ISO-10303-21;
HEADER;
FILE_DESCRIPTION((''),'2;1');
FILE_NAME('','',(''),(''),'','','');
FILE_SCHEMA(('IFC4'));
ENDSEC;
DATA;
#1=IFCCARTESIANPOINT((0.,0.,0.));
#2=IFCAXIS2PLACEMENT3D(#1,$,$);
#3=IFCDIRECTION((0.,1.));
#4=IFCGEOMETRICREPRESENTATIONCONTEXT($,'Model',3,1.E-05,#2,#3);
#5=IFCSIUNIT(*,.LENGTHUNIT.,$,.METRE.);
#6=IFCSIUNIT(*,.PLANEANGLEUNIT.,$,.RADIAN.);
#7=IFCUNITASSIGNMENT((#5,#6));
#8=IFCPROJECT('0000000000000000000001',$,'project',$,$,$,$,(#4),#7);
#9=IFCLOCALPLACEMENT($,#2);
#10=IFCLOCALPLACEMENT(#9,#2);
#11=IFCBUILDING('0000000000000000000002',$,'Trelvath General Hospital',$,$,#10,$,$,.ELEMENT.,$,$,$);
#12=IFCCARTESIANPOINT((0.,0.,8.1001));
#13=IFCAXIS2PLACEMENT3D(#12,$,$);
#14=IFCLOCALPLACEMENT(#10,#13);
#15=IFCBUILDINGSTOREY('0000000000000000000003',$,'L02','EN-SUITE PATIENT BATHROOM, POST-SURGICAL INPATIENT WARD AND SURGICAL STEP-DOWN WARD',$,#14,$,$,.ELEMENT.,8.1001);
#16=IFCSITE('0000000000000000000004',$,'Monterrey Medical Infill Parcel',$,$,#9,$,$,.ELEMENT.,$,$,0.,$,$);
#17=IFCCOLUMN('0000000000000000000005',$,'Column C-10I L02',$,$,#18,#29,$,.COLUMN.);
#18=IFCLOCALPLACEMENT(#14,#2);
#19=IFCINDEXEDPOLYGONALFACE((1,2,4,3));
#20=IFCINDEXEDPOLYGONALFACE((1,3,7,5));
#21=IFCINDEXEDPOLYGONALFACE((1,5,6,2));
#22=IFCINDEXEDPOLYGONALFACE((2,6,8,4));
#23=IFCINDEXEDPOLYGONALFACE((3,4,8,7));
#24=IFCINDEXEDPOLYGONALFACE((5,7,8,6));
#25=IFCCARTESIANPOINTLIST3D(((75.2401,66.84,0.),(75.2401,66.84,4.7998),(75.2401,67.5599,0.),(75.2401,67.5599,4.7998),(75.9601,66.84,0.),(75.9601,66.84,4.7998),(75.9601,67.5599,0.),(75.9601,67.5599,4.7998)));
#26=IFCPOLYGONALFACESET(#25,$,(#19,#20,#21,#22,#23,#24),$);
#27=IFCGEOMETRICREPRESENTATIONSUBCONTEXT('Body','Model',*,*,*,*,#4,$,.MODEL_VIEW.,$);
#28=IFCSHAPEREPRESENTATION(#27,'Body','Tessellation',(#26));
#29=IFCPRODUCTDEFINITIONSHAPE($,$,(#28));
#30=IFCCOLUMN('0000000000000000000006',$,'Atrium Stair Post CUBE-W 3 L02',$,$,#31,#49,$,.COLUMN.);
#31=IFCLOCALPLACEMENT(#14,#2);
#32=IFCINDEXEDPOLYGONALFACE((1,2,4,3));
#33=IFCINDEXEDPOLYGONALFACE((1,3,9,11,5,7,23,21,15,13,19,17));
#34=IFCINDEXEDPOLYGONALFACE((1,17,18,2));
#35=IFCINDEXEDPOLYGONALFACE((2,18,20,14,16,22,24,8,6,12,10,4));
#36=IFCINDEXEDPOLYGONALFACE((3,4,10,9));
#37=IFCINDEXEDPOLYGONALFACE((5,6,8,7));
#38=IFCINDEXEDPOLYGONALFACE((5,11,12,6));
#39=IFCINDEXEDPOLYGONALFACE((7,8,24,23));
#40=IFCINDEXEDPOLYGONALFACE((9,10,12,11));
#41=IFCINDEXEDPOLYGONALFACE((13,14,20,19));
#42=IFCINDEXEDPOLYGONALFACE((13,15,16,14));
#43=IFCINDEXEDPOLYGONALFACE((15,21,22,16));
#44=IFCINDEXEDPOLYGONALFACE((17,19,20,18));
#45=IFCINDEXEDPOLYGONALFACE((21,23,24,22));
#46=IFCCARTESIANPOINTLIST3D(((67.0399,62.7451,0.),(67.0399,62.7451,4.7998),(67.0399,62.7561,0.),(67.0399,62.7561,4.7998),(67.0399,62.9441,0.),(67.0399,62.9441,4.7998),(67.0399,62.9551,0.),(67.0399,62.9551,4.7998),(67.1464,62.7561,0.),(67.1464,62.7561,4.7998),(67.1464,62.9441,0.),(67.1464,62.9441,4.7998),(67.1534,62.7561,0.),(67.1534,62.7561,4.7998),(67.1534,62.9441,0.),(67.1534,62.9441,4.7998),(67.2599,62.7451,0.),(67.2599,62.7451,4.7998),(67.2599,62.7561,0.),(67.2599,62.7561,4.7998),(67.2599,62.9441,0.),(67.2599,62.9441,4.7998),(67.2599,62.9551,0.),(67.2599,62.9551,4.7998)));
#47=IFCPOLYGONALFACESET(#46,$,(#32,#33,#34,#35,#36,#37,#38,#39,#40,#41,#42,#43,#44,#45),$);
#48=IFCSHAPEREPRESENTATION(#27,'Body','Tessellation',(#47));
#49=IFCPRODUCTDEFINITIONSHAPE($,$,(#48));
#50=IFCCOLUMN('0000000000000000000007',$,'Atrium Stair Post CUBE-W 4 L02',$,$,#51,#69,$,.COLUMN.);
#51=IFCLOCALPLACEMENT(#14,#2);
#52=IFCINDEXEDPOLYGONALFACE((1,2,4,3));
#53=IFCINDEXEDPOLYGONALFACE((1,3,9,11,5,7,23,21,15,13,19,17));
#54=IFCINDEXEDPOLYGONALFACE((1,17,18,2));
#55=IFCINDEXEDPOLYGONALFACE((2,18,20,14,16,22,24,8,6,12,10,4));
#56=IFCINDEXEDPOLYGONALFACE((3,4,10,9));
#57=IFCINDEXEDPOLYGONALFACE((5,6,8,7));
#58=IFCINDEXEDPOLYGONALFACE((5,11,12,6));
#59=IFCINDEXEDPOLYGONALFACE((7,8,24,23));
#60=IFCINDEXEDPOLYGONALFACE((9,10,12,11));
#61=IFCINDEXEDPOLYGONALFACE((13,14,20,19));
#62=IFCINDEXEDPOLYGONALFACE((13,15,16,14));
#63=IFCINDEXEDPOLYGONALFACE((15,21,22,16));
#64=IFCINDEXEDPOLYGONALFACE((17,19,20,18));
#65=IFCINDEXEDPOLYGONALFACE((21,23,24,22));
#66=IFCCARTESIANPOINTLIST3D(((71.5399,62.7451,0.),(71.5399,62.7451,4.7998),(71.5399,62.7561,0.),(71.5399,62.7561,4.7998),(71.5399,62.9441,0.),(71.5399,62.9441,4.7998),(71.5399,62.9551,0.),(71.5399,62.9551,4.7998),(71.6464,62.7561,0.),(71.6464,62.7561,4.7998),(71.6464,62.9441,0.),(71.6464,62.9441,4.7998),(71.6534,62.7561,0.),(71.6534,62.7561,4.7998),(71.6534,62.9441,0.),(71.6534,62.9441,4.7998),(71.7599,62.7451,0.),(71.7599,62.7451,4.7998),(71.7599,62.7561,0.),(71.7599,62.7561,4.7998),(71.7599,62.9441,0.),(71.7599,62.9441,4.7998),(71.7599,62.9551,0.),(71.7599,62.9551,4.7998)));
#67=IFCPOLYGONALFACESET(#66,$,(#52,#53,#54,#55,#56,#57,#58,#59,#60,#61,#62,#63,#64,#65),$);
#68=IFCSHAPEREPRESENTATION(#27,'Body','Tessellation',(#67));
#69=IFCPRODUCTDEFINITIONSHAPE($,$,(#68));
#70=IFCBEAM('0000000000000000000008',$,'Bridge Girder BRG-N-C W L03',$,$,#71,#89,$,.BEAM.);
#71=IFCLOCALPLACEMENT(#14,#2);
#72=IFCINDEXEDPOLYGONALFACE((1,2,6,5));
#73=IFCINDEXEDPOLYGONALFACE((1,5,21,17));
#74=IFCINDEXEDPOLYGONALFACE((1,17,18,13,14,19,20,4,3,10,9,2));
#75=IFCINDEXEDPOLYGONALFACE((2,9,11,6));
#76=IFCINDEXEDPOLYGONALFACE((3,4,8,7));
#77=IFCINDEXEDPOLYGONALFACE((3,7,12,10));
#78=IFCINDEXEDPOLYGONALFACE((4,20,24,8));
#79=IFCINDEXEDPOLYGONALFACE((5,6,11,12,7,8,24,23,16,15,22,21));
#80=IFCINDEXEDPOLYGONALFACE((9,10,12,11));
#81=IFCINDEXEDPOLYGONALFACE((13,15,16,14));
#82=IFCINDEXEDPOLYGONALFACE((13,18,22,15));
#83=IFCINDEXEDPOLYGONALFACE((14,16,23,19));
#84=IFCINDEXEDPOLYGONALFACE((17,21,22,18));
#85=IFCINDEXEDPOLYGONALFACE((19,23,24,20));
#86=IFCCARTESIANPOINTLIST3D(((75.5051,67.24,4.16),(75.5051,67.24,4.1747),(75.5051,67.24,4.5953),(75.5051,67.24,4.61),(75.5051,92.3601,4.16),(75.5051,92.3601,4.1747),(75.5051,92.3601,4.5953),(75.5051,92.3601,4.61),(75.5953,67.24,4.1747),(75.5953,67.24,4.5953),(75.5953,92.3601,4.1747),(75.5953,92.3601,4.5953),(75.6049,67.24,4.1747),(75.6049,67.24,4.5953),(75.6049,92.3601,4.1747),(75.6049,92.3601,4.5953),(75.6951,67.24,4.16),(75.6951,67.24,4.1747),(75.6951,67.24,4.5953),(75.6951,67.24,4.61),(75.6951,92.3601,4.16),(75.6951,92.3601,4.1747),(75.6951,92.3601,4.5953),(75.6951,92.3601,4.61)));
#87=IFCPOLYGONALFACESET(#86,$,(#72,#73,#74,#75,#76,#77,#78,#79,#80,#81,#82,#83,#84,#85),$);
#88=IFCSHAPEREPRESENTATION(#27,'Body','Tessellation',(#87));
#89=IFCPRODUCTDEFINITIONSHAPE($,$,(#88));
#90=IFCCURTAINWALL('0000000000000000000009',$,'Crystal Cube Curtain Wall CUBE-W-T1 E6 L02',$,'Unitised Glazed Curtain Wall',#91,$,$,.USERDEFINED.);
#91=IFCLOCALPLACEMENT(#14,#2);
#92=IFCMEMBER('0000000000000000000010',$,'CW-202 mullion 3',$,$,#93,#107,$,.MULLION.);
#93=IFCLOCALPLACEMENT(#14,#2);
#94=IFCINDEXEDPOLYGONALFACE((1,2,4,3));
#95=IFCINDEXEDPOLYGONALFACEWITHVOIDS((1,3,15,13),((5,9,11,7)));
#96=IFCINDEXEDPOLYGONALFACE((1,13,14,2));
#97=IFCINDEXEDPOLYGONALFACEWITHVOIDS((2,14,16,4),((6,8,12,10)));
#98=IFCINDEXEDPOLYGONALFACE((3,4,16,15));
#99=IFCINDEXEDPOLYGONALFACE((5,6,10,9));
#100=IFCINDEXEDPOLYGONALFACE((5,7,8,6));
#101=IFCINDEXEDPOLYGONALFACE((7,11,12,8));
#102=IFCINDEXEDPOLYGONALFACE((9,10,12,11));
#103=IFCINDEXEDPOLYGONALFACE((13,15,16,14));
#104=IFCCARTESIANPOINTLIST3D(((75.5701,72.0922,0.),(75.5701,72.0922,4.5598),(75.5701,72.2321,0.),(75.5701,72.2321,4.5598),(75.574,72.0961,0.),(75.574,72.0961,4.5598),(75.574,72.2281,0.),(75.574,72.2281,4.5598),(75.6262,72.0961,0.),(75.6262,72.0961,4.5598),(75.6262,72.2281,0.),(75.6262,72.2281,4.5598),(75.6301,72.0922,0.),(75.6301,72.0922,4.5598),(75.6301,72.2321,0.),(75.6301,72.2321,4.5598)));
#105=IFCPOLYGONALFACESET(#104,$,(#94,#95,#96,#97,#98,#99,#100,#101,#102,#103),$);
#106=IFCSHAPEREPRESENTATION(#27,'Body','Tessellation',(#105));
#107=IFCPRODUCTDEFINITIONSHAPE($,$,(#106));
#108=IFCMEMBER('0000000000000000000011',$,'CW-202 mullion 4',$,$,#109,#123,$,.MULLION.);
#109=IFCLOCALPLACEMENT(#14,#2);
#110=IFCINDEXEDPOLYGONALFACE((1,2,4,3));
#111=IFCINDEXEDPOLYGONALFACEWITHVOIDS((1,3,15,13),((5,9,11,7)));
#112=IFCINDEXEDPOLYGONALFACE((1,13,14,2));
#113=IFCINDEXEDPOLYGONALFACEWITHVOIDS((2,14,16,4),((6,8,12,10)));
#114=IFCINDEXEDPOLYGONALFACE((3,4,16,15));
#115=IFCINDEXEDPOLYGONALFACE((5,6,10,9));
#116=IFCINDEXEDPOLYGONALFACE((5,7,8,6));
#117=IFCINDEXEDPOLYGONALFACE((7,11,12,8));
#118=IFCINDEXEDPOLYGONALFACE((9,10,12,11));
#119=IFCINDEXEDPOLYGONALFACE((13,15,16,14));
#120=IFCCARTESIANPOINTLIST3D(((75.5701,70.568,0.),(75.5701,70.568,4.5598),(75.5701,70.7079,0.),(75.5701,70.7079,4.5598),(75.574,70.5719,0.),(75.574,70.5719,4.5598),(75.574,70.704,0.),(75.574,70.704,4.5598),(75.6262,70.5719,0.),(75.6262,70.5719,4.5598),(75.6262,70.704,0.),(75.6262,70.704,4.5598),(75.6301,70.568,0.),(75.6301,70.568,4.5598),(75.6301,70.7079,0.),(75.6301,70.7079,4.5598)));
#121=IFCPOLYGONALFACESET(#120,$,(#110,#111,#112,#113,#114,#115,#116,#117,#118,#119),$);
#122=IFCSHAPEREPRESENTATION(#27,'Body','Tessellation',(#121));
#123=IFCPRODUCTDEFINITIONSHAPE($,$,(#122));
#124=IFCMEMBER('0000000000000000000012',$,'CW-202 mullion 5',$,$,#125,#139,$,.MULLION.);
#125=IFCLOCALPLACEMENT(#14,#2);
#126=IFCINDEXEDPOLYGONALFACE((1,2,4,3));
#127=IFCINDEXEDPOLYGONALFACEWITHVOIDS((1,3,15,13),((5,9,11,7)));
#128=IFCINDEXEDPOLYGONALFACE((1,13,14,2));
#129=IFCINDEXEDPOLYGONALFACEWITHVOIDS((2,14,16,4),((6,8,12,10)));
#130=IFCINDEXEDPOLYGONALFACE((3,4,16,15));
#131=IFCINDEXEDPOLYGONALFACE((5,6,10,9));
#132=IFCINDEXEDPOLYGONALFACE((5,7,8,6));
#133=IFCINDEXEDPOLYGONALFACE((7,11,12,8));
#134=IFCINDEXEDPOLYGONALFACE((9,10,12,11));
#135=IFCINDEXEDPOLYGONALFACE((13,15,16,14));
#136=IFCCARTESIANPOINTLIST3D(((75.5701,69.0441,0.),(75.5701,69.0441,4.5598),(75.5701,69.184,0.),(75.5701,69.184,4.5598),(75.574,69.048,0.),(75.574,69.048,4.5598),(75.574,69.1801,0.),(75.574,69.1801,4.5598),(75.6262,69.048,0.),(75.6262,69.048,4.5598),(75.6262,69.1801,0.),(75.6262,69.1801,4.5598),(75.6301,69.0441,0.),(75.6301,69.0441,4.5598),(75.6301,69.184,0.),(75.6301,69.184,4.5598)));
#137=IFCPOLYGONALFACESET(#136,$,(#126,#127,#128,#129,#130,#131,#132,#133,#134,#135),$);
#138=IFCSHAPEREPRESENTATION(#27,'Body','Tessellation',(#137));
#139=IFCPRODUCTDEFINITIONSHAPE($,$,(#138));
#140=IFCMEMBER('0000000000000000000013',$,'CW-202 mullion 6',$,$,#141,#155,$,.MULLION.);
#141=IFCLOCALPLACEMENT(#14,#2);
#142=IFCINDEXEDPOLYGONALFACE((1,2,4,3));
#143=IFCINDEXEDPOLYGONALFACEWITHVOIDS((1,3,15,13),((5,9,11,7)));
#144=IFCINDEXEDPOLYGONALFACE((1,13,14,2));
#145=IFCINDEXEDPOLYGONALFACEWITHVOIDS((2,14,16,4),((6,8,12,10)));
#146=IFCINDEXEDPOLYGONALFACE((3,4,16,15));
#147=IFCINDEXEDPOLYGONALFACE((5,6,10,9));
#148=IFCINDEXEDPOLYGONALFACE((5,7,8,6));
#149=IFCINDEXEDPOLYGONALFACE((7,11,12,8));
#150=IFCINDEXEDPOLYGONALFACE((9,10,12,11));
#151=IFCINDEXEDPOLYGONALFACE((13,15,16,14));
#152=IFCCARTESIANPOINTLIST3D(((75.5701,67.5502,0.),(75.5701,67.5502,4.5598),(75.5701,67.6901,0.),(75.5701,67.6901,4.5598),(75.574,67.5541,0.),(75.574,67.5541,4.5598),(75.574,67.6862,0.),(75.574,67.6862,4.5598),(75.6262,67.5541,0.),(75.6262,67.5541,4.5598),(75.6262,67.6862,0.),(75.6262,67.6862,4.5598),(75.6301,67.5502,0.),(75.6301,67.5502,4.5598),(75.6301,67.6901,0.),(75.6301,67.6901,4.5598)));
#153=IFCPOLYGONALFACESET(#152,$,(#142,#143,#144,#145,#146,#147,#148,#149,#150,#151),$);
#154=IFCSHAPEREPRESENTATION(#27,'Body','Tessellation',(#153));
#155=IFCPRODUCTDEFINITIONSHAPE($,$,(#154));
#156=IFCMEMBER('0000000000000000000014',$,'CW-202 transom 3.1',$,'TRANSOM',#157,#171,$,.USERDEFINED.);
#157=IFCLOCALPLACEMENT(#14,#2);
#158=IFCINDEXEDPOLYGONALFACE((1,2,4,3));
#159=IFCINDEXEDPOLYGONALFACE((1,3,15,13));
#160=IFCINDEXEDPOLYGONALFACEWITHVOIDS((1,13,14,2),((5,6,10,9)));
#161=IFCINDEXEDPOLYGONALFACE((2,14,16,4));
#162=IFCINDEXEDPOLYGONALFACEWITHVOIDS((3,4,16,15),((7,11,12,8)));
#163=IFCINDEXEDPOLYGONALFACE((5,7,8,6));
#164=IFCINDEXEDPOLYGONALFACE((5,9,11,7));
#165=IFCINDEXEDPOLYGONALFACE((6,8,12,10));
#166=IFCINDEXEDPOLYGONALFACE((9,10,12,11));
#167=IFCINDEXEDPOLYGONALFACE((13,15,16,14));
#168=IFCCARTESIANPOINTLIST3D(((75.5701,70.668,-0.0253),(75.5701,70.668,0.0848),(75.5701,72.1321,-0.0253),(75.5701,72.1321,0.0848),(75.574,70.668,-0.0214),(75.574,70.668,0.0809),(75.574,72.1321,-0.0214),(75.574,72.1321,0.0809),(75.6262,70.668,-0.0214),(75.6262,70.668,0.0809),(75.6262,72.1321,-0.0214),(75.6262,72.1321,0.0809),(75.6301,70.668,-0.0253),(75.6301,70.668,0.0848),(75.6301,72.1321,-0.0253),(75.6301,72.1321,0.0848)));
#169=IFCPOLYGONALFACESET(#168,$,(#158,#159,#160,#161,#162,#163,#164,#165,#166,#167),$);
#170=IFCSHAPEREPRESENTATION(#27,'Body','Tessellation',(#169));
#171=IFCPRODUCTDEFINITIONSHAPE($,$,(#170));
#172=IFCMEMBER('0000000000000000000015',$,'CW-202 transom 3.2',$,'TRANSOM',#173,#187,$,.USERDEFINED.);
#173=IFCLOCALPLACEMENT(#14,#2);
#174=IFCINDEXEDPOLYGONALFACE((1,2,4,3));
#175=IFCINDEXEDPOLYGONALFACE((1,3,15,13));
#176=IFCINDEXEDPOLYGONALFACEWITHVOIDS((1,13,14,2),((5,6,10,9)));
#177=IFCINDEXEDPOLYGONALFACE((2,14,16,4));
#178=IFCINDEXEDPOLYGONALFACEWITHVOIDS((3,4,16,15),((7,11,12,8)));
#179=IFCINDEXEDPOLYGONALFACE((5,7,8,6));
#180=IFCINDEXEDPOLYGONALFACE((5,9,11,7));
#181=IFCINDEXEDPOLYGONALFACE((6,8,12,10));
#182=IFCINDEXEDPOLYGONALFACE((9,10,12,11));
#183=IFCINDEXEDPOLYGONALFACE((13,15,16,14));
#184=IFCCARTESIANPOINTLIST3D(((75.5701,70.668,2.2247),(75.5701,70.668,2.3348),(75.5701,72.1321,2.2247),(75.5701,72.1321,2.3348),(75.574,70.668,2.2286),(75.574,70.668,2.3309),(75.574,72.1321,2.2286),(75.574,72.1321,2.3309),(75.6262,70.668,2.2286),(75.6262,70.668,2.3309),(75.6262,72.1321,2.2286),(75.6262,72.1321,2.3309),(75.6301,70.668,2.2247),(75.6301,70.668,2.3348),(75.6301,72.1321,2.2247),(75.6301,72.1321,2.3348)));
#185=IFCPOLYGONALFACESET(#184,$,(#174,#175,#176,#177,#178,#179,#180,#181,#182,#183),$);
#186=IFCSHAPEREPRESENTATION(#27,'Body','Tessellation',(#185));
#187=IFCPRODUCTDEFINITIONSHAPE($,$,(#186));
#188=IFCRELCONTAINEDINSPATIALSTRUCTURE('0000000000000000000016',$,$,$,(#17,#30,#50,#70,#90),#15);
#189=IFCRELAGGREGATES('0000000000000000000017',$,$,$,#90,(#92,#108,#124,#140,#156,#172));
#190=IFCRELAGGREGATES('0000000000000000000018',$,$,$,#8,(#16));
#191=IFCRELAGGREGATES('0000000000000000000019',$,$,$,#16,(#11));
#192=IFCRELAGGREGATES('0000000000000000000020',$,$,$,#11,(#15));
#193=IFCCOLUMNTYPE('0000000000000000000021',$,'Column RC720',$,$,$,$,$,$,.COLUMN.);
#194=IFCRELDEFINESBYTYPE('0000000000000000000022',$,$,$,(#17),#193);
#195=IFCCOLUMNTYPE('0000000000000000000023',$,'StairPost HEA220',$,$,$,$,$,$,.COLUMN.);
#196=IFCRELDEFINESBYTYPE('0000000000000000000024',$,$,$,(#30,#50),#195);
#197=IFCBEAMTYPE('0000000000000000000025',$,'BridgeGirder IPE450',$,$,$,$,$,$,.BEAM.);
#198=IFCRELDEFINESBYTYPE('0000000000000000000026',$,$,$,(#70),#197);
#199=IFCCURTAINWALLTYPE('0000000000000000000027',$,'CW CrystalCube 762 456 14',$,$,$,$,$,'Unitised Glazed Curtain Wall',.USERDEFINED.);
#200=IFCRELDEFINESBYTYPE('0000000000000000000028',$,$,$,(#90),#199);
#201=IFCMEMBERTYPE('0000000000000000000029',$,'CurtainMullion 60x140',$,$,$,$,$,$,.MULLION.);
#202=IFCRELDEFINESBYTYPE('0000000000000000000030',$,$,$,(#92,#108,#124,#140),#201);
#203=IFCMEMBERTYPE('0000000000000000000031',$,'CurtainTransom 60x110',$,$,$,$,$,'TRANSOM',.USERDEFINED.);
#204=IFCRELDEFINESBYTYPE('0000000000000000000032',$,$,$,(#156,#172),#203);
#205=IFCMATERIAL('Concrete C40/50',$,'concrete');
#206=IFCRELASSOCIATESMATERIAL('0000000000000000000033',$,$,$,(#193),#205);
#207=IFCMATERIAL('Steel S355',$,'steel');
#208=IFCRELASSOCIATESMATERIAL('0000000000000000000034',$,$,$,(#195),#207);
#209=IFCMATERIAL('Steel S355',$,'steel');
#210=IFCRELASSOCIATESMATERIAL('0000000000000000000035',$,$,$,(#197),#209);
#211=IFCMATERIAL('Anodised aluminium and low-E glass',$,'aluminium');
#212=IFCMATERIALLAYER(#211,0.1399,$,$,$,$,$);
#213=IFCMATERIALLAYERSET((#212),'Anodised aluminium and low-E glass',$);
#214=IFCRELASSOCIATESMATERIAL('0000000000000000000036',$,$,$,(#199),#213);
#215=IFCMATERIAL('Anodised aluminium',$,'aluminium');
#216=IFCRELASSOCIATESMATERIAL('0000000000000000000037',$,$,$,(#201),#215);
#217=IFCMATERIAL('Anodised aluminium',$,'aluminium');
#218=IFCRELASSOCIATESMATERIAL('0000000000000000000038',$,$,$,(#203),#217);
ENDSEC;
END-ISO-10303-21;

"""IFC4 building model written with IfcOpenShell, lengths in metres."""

from ifc_helpers import new_model, si_unit, direction, frame, origin, origin_2d, place, context, subcontext, project, spatial, rectangle, hollow_rectangle, i_section, extrude, material, layer, layer_set, material_profile, profile_set, type_object, element, aggregate, save


model = new_model("IFC4")

# Units and contexts
model_context = context("Model", 3, precision=1e-05, world=origin(), true_north=direction((0.0, 1.0)))
body_context = subcontext(model_context, "Body", "Model", "MODEL_VIEW")
ifc_project = project(units=[si_unit("LENGTHUNIT", "METRE"), si_unit("PLANEANGLEUNIT", "RADIAN")], contexts=[model_context])

# Site, building, storey
site_placement = place(None, origin())
site = spatial("IfcSite", under=ifc_project, at=site_placement, Name="Monterrey Medical Infill Parcel", CompositionType="ELEMENT", RefElevation=0.0)
building_placement = place(site_placement, origin())
building = spatial("IfcBuilding", under=site, at=building_placement, Name="Trelvath General Hospital", CompositionType="ELEMENT")
storey_placement = place(building_placement, frame((0.0, 0.0, 8.1001)))
storey = spatial("IfcBuildingStorey", under=building, at=storey_placement, Name="L02", Description="EN-SUITE PATIENT BATHROOM, POST-SURGICAL INPATIENT WARD AND SURGICAL STEP-DOWN WARD", CompositionType="ELEMENT", Elevation=8.1001)

# Columns
ifc_material_1 = material(Name="Concrete C40/50", Category="concrete")
ifc_material_profile_1 = material_profile(ifc_material_1, rectangle(XDim=0.72, YDim=0.72, at=origin_2d()), Name="RC720x720")
ifc_profile_set_1 = profile_set([ifc_material_profile_1], Name="Concrete C40/50")
column_type_1 = type_object("IfcColumnType", Name="Column RC720", PredefinedType="COLUMN", material=ifc_profile_set_1)
column_placement = place(storey_placement, frame((75.6001, 67.2, 0.0), z_axis=(0.0, 0.0, 1.0), x_axis=(1.0, 0.0, 0.0)))
element("IfcColumn", 1, at=column_placement, inside=storey, type_object=column_type_1, Name="Column C-10I L02", PredefinedType="COLUMN", context=body_context, shape_type="SweptSolid", body=[
    extrude(rectangle(XDim=0.72, YDim=0.72, at=origin_2d()), origin(), (0.0, 0.0, 1.0), 4.7998),
])
ifc_material_2 = material(Name="Steel S355", Category="steel")
ifc_material_profile_2 = material_profile(ifc_material_2, i_section(OverallWidth=0.22, OverallDepth=0.21, WebThickness=0.0071, FlangeThickness=0.011, at=origin_2d()), Name="HEA220")
ifc_profile_set_2 = profile_set([ifc_material_profile_2], Name="Steel S355")
column_type_2 = type_object("IfcColumnType", Name="StairPost HEA220", PredefinedType="COLUMN", material=ifc_profile_set_2)
for number, where, z_axis, x_axis, name in (
    (2, (67.1499, 62.8501, 0.0), (0.0, 0.0, 1.0), (1.0, 0.0, 0.0), "Atrium Stair Post CUBE-W 3 L02"),
    (3, (71.6499, 62.8501, 0.0), (0.0, 0.0, 1.0), (1.0, 0.0, 0.0), "Atrium Stair Post CUBE-W 4 L02"),
):
    element("IfcColumn", number, at=place(storey_placement, frame(where, z_axis=z_axis, x_axis=x_axis)), inside=storey, type_object=column_type_2, Name=name, PredefinedType="COLUMN", context=body_context, shape_type="SweptSolid", body=[
        extrude(i_section(OverallWidth=0.22, OverallDepth=0.21, WebThickness=0.0071, FlangeThickness=0.011, at=origin_2d()), origin(), (0.0, 0.0, 1.0), 4.7998),
    ])

# Beam
ifc_material_3 = material(Name="Steel S355", Category="steel")
ifc_material_profile_3 = material_profile(ifc_material_3, i_section(OverallWidth=0.1899, OverallDepth=0.45, WebThickness=0.0095, FlangeThickness=0.0146, at=origin_2d()), Name="IPE450")
ifc_profile_set_3 = profile_set([ifc_material_profile_3], Name="Steel S355")
beam_type_1 = type_object("IfcBeamType", Name="BridgeGirder IPE450", PredefinedType="BEAM", material=ifc_profile_set_3)
beam_1_placement = place(storey_placement, frame((75.6001, 67.24, 4.385), z_axis=(0.0, 1.0, 0.0), x_axis=(-1.0, 0.0, 0.0)))
element("IfcBeam", 4, at=beam_1_placement, inside=storey, type_object=beam_type_1, Name="Bridge Girder BRG-N-C W L03", PredefinedType="BEAM", context=body_context, shape_type="SweptSolid", body=[
    extrude(i_section(OverallWidth=0.1899, OverallDepth=0.45, WebThickness=0.0095, FlangeThickness=0.0146, at=origin_2d()), origin(), (0.0, 0.0, 1.0), 25.1201),
])

# Curtain wall, members
ifc_material_4 = material(Name="Anodised aluminium and low-E glass", Category="aluminium")
ifc_layer_1 = layer(ifc_material_4, 0.1399)
ifc_layer_set_1 = layer_set([ifc_layer_1], Name="Anodised aluminium and low-E glass")
curtain_wall_type = type_object("IfcCurtainWallType", Name="CW CrystalCube 762 456 14", ElementType="Unitised Glazed Curtain Wall", PredefinedType="USERDEFINED", material=ifc_layer_set_1)
curtain_wall_placement = place(storey_placement, origin())
curtain_wall = element("IfcCurtainWall", 5, at=curtain_wall_placement, inside=storey, type_object=curtain_wall_type, Name="Crystal Cube Curtain Wall CUBE-W-T1 E6 L02", ObjectType="Unitised Glazed Curtain Wall", PredefinedType="USERDEFINED")
ifc_material_5 = material(Name="Anodised aluminium", Category="aluminium")
ifc_material_profile_4 = material_profile(ifc_material_5, hollow_rectangle(XDim=0.0601, YDim=0.1399, WallThickness=0.0039, at=origin_2d()), Name="RHS60x140x4")
ifc_profile_set_4 = profile_set([ifc_material_profile_4], Name="Anodised aluminium")
member_type_1 = type_object("IfcMemberType", Name="CurtainMullion 60x140", PredefinedType="MULLION", material=ifc_profile_set_4)
member_1_placement = place(storey_placement, frame((75.6001, 72.1621, 0.0), z_axis=(0.0, 0.0, 1.0), x_axis=(1.0, 0.0, 0.0)))
member_1 = element("IfcMember", 6, at=member_1_placement, type_object=member_type_1, Name="CW-202 mullion 3", PredefinedType="MULLION", context=body_context, shape_type="SweptSolid", body=[
    extrude(hollow_rectangle(XDim=0.0601, YDim=0.1399, WallThickness=0.0039, at=origin_2d()), origin(), (0.0, 0.0, 1.0), 4.5598),
])
member_2_placement = place(storey_placement, frame((75.6001, 70.6379, 0.0), z_axis=(0.0, 0.0, 1.0), x_axis=(1.0, 0.0, 0.0)))
member_2 = element("IfcMember", 7, at=member_2_placement, type_object=member_type_1, Name="CW-202 mullion 4", PredefinedType="MULLION", context=body_context, shape_type="SweptSolid", body=[
    extrude(hollow_rectangle(XDim=0.0601, YDim=0.1399, WallThickness=0.0039, at=origin_2d()), origin(), (0.0, 0.0, 1.0), 4.5598),
])
member_3_placement = place(storey_placement, frame((75.6001, 69.114, 0.0), z_axis=(0.0, 0.0, 1.0), x_axis=(1.0, 0.0, 0.0)))
member_3 = element("IfcMember", 8, at=member_3_placement, type_object=member_type_1, Name="CW-202 mullion 5", PredefinedType="MULLION", context=body_context, shape_type="SweptSolid", body=[
    extrude(hollow_rectangle(XDim=0.0601, YDim=0.1399, WallThickness=0.0039, at=origin_2d()), origin(), (0.0, 0.0, 1.0), 4.5598),
])
member_4_placement = place(storey_placement, frame((75.6001, 67.6201, 0.0), z_axis=(0.0, 0.0, 1.0), x_axis=(1.0, 0.0, 0.0)))
member_4 = element("IfcMember", 9, at=member_4_placement, type_object=member_type_1, Name="CW-202 mullion 6", PredefinedType="MULLION", context=body_context, shape_type="SweptSolid", body=[
    extrude(hollow_rectangle(XDim=0.0601, YDim=0.1399, WallThickness=0.0039, at=origin_2d()), origin(), (0.0, 0.0, 1.0), 4.5598),
])
ifc_material_6 = material(Name="Anodised aluminium", Category="aluminium")
ifc_material_profile_5 = material_profile(ifc_material_6, hollow_rectangle(XDim=0.0601, YDim=0.1101, WallThickness=0.0039, at=origin_2d()), Name="RHS60x110x4")
ifc_profile_set_5 = profile_set([ifc_material_profile_5], Name="Anodised aluminium")
member_type_2 = type_object("IfcMemberType", Name="CurtainTransom 60x110", ElementType="TRANSOM", PredefinedType="USERDEFINED", material=ifc_profile_set_5)
member_5_placement = place(storey_placement, frame((75.6001, 72.1321, 0.0298), z_axis=(0.0, -1.0, 0.0), x_axis=(1.0, 0.0, 0.0)))
member_5 = element("IfcMember", 10, at=member_5_placement, type_object=member_type_2, Name="CW-202 transom 3.1", ObjectType="TRANSOM", PredefinedType="USERDEFINED", context=body_context, shape_type="SweptSolid", body=[
    extrude(hollow_rectangle(XDim=0.0601, YDim=0.1101, WallThickness=0.0039, at=origin_2d()), origin(), (0.0, 0.0, 1.0), 1.4641),
])
member_6_placement = place(storey_placement, frame((75.6001, 72.1321, 2.2798), z_axis=(0.0, -1.0, 0.0), x_axis=(1.0, 0.0, 0.0)))
member_6 = element("IfcMember", 11, at=member_6_placement, type_object=member_type_2, Name="CW-202 transom 3.2", ObjectType="TRANSOM", PredefinedType="USERDEFINED", context=body_context, shape_type="SweptSolid", body=[
    extrude(hollow_rectangle(XDim=0.0601, YDim=0.1101, WallThickness=0.0039, at=origin_2d()), origin(), (0.0, 0.0, 1.0), 1.4641),
])

aggregate(curtain_wall, [member_1, member_2, member_3, member_4, member_5, member_6])

save(model, "model.ifc")
